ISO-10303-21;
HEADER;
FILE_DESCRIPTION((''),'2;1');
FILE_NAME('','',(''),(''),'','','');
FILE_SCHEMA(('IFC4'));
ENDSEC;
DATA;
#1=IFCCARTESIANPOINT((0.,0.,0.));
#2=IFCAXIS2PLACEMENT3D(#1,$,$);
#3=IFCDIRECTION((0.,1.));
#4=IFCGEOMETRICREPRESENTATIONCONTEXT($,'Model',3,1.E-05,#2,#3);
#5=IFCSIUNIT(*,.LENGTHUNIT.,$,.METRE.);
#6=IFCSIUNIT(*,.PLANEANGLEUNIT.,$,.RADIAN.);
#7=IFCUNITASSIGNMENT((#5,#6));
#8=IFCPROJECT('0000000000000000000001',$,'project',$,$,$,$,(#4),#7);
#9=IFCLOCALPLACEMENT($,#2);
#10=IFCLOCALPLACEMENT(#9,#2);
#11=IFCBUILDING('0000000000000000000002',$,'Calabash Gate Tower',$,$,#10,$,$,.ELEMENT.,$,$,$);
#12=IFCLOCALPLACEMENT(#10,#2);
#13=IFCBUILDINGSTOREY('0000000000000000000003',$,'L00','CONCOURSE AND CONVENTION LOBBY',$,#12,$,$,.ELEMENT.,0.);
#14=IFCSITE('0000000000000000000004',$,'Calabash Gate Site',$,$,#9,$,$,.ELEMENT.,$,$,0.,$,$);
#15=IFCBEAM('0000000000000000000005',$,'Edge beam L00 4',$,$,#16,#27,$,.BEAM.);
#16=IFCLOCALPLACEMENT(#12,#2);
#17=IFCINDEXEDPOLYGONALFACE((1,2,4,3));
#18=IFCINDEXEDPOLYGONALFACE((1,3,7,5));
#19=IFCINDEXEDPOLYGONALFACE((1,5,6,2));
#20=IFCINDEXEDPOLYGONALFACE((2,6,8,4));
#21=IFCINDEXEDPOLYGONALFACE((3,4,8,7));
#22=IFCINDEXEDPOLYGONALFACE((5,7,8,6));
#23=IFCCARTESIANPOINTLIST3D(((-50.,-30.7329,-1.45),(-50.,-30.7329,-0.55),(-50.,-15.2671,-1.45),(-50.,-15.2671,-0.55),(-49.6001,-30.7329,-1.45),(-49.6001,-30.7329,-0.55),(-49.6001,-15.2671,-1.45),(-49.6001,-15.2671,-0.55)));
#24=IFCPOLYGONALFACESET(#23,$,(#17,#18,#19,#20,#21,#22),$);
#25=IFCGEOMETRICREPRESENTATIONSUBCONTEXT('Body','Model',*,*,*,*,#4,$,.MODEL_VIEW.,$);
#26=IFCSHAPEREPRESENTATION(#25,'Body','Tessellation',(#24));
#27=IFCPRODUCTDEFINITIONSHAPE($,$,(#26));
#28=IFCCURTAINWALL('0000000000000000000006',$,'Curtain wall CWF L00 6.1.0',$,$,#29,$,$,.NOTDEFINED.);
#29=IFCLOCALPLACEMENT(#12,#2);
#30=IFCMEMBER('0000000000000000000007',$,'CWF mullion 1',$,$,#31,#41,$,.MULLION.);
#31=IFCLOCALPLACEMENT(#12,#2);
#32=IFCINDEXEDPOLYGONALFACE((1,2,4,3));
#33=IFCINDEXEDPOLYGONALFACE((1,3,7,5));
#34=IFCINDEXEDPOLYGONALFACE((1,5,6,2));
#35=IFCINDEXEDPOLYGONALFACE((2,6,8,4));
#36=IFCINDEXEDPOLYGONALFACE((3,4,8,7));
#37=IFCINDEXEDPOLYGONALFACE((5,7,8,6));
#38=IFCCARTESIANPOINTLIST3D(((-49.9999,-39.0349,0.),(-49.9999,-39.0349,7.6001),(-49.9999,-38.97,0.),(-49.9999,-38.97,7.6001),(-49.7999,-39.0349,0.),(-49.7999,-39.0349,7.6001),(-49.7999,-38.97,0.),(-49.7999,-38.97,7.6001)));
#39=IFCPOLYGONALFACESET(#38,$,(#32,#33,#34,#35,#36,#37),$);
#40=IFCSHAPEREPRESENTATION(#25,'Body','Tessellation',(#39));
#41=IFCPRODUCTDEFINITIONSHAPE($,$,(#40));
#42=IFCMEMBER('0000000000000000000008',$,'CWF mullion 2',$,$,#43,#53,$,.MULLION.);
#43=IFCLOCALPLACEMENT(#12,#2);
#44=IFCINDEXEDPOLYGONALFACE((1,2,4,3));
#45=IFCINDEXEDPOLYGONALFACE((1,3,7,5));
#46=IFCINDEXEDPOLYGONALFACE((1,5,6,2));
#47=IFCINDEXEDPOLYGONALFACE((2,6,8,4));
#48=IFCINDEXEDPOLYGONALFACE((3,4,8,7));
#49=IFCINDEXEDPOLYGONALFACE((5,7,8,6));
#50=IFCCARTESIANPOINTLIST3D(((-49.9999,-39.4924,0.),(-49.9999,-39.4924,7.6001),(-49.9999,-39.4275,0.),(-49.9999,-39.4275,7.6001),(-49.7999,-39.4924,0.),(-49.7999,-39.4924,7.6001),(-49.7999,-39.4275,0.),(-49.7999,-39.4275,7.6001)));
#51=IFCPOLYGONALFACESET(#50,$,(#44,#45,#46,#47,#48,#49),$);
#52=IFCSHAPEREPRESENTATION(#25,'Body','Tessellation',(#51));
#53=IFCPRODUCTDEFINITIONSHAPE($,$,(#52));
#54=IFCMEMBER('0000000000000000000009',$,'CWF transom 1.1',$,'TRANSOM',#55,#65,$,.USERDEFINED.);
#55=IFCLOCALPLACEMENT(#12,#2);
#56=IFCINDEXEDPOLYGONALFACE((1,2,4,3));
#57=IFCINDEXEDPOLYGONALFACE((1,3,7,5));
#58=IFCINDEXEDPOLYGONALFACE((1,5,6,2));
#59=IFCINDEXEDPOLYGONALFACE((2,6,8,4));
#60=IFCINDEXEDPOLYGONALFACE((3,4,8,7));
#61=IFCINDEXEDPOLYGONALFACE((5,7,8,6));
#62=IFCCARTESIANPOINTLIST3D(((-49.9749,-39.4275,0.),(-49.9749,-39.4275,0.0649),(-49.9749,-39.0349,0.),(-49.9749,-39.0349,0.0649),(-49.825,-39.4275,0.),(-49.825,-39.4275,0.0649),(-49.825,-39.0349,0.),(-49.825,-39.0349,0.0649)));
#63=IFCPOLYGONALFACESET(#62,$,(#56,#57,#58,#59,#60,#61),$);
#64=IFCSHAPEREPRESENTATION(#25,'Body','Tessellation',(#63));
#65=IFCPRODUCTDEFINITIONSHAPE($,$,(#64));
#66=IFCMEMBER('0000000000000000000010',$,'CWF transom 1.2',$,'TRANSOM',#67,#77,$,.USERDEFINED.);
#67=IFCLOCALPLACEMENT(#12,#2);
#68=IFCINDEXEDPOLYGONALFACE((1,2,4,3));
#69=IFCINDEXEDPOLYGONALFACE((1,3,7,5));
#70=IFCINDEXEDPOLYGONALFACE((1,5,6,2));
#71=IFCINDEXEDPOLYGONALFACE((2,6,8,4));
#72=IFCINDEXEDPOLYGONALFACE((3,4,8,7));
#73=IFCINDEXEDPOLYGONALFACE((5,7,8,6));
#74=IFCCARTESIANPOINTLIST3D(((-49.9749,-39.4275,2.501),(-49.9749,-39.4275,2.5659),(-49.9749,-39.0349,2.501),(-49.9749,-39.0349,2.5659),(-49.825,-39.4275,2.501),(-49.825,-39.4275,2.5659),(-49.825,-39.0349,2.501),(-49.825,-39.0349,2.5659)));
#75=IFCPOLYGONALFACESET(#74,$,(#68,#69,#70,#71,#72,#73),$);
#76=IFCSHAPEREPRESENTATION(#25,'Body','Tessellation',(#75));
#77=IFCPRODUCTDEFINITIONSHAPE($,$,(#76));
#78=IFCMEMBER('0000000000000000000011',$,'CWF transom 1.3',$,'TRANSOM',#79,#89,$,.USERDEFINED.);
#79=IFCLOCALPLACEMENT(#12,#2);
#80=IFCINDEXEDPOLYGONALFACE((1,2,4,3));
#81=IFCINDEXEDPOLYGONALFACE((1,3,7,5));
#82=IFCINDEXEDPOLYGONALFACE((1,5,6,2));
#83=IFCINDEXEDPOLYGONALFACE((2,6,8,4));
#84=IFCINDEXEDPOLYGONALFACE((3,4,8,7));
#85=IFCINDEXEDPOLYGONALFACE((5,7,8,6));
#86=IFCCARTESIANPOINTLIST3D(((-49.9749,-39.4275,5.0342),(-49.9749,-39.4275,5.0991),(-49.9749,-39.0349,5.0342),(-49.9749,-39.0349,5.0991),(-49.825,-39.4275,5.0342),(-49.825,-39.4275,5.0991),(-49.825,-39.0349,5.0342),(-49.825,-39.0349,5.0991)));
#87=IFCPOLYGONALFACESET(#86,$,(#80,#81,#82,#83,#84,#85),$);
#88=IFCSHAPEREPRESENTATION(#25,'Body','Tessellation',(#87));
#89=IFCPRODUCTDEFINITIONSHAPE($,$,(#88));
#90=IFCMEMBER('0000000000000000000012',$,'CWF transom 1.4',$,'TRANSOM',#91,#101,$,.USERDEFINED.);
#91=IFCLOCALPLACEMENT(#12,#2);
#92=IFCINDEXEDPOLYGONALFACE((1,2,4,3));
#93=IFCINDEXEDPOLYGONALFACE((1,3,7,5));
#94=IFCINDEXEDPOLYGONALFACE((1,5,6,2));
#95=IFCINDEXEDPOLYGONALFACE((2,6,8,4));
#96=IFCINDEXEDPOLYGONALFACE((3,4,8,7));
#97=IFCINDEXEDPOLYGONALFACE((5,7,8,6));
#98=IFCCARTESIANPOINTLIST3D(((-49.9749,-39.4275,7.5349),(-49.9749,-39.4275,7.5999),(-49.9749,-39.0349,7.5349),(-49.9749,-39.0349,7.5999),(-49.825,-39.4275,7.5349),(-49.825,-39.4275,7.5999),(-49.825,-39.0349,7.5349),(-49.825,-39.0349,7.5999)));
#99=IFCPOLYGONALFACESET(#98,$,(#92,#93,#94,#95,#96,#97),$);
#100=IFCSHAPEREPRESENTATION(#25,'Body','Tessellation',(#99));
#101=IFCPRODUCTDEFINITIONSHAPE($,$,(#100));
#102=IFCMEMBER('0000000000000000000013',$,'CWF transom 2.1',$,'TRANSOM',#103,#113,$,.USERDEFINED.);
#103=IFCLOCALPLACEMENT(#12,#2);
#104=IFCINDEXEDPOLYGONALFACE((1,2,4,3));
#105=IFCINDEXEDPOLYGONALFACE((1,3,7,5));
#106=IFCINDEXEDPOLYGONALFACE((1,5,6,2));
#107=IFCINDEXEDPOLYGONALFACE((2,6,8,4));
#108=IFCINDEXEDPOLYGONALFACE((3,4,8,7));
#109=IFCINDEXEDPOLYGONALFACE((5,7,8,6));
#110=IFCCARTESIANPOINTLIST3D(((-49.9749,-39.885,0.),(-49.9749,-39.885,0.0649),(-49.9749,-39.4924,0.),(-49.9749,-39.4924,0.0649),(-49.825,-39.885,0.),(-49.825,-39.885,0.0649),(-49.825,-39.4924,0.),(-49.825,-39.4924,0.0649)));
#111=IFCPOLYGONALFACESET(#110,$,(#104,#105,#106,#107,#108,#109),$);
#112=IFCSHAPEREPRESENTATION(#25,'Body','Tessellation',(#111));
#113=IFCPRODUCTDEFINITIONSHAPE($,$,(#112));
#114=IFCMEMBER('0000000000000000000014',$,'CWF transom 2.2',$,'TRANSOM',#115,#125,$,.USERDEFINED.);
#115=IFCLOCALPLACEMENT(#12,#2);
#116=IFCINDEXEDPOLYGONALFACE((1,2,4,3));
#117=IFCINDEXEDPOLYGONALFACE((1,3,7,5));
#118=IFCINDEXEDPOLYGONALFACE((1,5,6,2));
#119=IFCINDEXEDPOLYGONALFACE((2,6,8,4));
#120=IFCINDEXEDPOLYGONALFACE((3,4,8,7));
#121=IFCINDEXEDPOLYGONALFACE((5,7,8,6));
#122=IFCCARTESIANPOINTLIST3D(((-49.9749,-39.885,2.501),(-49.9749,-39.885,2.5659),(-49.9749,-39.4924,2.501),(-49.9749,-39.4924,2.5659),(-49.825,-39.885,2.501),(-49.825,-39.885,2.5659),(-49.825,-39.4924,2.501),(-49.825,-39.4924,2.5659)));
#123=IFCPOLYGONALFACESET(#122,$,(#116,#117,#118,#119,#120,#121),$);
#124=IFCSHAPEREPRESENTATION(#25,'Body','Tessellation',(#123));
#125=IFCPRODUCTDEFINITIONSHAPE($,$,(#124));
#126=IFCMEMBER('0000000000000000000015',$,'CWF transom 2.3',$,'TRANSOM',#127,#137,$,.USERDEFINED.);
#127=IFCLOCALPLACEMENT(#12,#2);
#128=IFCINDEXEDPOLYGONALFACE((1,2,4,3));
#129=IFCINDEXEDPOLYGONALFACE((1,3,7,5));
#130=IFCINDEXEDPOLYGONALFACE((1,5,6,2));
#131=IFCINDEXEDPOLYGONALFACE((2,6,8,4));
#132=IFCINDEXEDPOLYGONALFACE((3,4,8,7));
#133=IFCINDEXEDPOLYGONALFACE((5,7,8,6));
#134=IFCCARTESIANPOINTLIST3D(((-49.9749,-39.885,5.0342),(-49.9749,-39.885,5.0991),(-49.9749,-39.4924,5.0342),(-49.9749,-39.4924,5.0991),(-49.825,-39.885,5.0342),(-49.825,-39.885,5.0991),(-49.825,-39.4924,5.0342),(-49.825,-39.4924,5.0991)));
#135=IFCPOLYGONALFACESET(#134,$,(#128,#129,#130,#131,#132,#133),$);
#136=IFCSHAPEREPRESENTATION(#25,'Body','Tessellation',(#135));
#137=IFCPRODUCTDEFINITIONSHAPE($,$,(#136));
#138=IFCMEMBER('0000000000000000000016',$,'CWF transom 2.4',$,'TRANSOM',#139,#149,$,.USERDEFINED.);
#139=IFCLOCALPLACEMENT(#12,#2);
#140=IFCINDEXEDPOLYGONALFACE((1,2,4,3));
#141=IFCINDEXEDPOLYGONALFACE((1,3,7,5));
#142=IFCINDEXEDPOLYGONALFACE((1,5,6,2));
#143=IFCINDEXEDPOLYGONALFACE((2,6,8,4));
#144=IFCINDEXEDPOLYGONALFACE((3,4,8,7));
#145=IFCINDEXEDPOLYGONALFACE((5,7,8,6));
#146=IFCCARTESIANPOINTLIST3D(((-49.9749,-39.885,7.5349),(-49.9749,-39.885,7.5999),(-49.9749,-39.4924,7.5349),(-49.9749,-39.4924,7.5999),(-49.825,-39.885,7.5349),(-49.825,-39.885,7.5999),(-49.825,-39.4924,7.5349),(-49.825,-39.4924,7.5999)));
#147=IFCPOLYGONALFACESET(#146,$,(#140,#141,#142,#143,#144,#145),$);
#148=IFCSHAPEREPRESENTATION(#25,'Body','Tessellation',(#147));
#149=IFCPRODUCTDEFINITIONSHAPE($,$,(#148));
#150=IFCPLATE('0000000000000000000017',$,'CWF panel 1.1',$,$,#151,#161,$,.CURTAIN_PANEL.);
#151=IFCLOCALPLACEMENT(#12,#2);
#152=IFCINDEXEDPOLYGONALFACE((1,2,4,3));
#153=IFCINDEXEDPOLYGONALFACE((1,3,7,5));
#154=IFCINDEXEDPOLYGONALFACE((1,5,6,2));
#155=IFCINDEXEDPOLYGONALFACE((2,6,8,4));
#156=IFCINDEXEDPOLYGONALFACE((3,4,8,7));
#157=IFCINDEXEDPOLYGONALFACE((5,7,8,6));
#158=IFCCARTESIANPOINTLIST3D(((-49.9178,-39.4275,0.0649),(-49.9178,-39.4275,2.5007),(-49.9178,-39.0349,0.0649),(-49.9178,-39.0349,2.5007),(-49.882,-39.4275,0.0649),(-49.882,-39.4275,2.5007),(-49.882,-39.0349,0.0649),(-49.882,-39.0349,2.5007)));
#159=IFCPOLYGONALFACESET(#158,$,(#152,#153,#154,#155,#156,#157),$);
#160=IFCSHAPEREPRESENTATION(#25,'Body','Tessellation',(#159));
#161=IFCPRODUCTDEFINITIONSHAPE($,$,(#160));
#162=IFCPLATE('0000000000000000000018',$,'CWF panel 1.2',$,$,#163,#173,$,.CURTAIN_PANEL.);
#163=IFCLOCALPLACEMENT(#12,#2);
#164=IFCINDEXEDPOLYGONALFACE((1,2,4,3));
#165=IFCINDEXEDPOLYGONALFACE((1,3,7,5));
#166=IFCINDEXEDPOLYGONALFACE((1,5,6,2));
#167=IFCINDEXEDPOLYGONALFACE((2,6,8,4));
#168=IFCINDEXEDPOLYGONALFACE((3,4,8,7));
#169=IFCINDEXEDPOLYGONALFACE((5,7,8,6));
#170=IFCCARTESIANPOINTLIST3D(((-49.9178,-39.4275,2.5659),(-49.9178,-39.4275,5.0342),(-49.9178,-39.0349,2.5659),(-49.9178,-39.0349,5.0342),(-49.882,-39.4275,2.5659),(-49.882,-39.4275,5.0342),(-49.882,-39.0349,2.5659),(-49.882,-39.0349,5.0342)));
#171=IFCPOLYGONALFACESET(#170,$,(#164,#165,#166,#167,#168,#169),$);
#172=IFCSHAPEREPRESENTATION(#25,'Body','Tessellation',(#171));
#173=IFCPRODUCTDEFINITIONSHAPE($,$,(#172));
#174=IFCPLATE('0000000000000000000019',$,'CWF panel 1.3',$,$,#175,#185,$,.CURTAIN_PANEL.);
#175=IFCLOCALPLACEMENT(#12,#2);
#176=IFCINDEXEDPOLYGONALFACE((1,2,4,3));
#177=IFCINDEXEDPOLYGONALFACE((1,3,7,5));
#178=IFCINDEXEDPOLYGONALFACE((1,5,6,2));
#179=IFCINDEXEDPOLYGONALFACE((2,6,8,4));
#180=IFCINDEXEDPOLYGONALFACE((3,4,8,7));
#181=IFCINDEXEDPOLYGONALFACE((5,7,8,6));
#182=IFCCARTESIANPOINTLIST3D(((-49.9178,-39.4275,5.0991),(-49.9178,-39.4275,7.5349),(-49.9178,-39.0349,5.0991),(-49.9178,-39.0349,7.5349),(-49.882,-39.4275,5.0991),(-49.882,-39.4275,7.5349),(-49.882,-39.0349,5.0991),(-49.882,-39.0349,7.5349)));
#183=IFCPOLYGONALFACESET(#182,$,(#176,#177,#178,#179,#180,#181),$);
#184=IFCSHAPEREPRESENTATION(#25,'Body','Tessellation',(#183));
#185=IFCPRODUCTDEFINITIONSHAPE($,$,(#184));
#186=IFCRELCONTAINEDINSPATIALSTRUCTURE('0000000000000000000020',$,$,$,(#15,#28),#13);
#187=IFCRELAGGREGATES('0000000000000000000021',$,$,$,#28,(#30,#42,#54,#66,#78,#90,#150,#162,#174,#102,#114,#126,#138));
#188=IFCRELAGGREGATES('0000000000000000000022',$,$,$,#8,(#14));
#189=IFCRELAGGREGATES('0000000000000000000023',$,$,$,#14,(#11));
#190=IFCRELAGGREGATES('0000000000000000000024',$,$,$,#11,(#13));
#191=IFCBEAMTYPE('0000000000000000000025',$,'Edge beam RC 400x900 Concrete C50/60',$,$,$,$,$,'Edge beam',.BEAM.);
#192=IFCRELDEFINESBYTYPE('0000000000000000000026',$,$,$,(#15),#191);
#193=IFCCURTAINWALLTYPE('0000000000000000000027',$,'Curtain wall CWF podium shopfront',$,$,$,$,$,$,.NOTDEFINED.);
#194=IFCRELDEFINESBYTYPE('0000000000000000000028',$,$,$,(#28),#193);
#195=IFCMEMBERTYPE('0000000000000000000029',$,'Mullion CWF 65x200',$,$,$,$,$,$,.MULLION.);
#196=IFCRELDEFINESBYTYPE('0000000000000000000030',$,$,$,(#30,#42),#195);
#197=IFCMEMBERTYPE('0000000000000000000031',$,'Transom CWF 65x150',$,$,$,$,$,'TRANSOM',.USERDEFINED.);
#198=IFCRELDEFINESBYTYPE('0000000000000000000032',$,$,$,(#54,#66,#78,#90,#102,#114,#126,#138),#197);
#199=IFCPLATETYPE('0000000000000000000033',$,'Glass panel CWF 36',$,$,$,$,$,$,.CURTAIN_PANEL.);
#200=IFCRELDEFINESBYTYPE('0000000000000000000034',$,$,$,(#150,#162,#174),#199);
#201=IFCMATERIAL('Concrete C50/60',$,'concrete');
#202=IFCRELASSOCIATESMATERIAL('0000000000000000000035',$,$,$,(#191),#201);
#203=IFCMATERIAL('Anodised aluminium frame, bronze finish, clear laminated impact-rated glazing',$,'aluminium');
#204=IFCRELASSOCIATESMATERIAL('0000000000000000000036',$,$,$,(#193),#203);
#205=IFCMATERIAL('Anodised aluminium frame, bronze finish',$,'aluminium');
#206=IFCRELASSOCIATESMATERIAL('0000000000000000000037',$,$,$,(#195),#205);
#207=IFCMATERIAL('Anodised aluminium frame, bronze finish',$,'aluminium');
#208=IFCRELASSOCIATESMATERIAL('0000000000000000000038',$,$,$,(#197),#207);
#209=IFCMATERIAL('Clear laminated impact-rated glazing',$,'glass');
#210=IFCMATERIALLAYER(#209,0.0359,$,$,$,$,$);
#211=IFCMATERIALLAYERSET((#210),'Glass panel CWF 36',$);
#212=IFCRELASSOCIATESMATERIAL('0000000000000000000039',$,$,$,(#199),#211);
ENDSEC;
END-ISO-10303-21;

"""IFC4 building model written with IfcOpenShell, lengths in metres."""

from ifc_helpers import new_model, si_unit, direction, frame, origin, origin_2d, place, context, subcontext, project, spatial, rectangle, extrude, material, layer, layer_set, material_profile, profile_set, type_object, element, aggregate, save


model = new_model("IFC4")

# Units and contexts
model_context = context("Model", 3, precision=1e-05, world=origin(), true_north=direction((0.0, 1.0)))
body_context = subcontext(model_context, "Body", "Model", "MODEL_VIEW")
ifc_project = project(units=[si_unit("LENGTHUNIT", "METRE"), si_unit("PLANEANGLEUNIT", "RADIAN")], contexts=[model_context])

# Site, building, storey
site_placement = place(None, origin())
site = spatial("IfcSite", under=ifc_project, at=site_placement, Name="Calabash Gate Site", CompositionType="ELEMENT", RefElevation=0.0)
building_placement = place(site_placement, origin())
building = spatial("IfcBuilding", under=site, at=building_placement, Name="Calabash Gate Tower", CompositionType="ELEMENT")
storey_placement = place(building_placement, origin())
storey = spatial("IfcBuildingStorey", under=building, at=storey_placement, Name="L00", Description="CONCOURSE AND CONVENTION LOBBY", CompositionType="ELEMENT", Elevation=0.0)

# Beam
ifc_material_1 = material(Name="Concrete C50/60", Category="concrete")
ifc_material_profile_1 = material_profile(ifc_material_1, rectangle(XDim=0.3999, YDim=0.8999, at=origin_2d()))
ifc_profile_set_1 = profile_set([ifc_material_profile_1], Name="Concrete C50/60")
beam_type = type_object("IfcBeamType", Name="Edge beam RC 400x900 Concrete C50/60", ElementType="Edge beam", PredefinedType="BEAM", material=ifc_profile_set_1)
beam_placement = place(storey_placement, frame((-49.8, -30.7329, -1.0), z_axis=(0.0, 1.0, 0.0), x_axis=(-1.0, 0.0, 0.0)))
element("IfcBeam", 1, at=beam_placement, inside=storey, type_object=beam_type, Name="Edge beam L00 4", PredefinedType="BEAM", context=body_context, shape_type="SweptSolid", body=[
    extrude(rectangle(XDim=0.3999, YDim=0.8999, at=origin_2d()), origin(), (0.0, 0.0, 1.0), 15.4658),
])

# Curtain wall, members, plates
ifc_material_2 = material(Name="Anodised aluminium frame, bronze finish, clear laminated impact-rated glazing", Category="aluminium")
curtain_wall_type = type_object("IfcCurtainWallType", Name="Curtain wall CWF podium shopfront", PredefinedType="NOTDEFINED", material=ifc_material_2)
curtain_wall_placement = place(storey_placement, origin())
curtain_wall = element("IfcCurtainWall", 2, at=curtain_wall_placement, inside=storey, type_object=curtain_wall_type, Name="Curtain wall CWF L00 6.1.0", PredefinedType="NOTDEFINED")
ifc_material_3 = material(Name="Anodised aluminium frame, bronze finish", Category="aluminium")
ifc_material_profile_2 = material_profile(ifc_material_3, rectangle(XDim=0.2, YDim=0.0649, at=origin_2d()))
ifc_profile_set_2 = profile_set([ifc_material_profile_2], Name="Anodised aluminium frame, bronze finish")
member_type_1 = type_object("IfcMemberType", Name="Mullion CWF 65x200", PredefinedType="MULLION", material=ifc_profile_set_2)
member_1_placement = place(storey_placement, frame((-49.8999, -39.0024, 0.0), z_axis=(0.0, 0.0, 1.0), x_axis=(1.0, 0.0, 0.0)))
member_1 = element("IfcMember", 3, at=member_1_placement, type_object=member_type_1, Name="CWF mullion 1", PredefinedType="MULLION", context=body_context, shape_type="SweptSolid", body=[
    extrude(rectangle(XDim=0.2, YDim=0.0649, at=origin_2d()), origin(), (0.0, 0.0, 1.0), 7.6001),
])
member_2_placement = place(storey_placement, frame((-49.8999, -39.46, 0.0), z_axis=(0.0, 0.0, 1.0), x_axis=(1.0, 0.0, 0.0)))
member_2 = element("IfcMember", 4, at=member_2_placement, type_object=member_type_1, Name="CWF mullion 2", PredefinedType="MULLION", context=body_context, shape_type="SweptSolid", body=[
    extrude(rectangle(XDim=0.2, YDim=0.0649, at=origin_2d()), origin(), (0.0, 0.0, 1.0), 7.6001),
])
ifc_material_4 = material(Name="Anodised aluminium frame, bronze finish", Category="aluminium")
ifc_material_profile_3 = material_profile(ifc_material_4, rectangle(XDim=0.1499, YDim=0.0649, at=origin_2d()))
ifc_profile_set_3 = profile_set([ifc_material_profile_3], Name="Anodised aluminium frame, bronze finish")
member_type_2 = type_object("IfcMemberType", Name="Transom CWF 65x150", ElementType="TRANSOM", PredefinedType="USERDEFINED", material=ifc_profile_set_3)
member_3_placement = place(storey_placement, frame((-49.8999, -39.0349, 0.0325), z_axis=(0.0, -1.0, 0.0), x_axis=(1.0, 0.0, 0.0)))
member_3 = element("IfcMember", 5, at=member_3_placement, type_object=member_type_2, Name="CWF transom 1.1", ObjectType="TRANSOM", PredefinedType="USERDEFINED", context=body_context, shape_type="SweptSolid", body=[
    extrude(rectangle(XDim=0.1499, YDim=0.0649, at=origin_2d()), origin(), (0.0, 0.0, 1.0), 0.3926),
])
member_4_placement = place(storey_placement, frame((-49.8999, -39.0349, 2.5334), z_axis=(0.0, -1.0, 0.0), x_axis=(1.0, 0.0, 0.0)))
member_4 = element("IfcMember", 6, at=member_4_placement, type_object=member_type_2, Name="CWF transom 1.2", ObjectType="TRANSOM", PredefinedType="USERDEFINED", context=body_context, shape_type="SweptSolid", body=[
    extrude(rectangle(XDim=0.1499, YDim=0.0649, at=origin_2d()), origin(), (0.0, 0.0, 1.0), 0.3926),
])
member_5_placement = place(storey_placement, frame((-49.8999, -39.0349, 5.0667), z_axis=(0.0, -1.0, 0.0), x_axis=(1.0, 0.0, 0.0)))
member_5 = element("IfcMember", 7, at=member_5_placement, type_object=member_type_2, Name="CWF transom 1.3", ObjectType="TRANSOM", PredefinedType="USERDEFINED", context=body_context, shape_type="SweptSolid", body=[
    extrude(rectangle(XDim=0.1499, YDim=0.0649, at=origin_2d()), origin(), (0.0, 0.0, 1.0), 0.3926),
])
member_6_placement = place(storey_placement, frame((-49.8999, -39.0349, 7.5674), z_axis=(0.0, -1.0, 0.0), x_axis=(1.0, 0.0, 0.0)))
member_6 = element("IfcMember", 8, at=member_6_placement, type_object=member_type_2, Name="CWF transom 1.4", ObjectType="TRANSOM", PredefinedType="USERDEFINED", context=body_context, shape_type="SweptSolid", body=[
    extrude(rectangle(XDim=0.1499, YDim=0.0649, at=origin_2d()), origin(), (0.0, 0.0, 1.0), 0.3926),
])
member_7_placement = place(storey_placement, frame((-49.8999, -39.4924, 0.0325), z_axis=(0.0, -1.0, 0.0), x_axis=(1.0, 0.0, 0.0)))
member_7 = element("IfcMember", 9, at=member_7_placement, type_object=member_type_2, Name="CWF transom 2.1", ObjectType="TRANSOM", PredefinedType="USERDEFINED", context=body_context, shape_type="SweptSolid", body=[
    extrude(rectangle(XDim=0.1499, YDim=0.0649, at=origin_2d()), origin(), (0.0, 0.0, 1.0), 0.3926),
])
member_8_placement = place(storey_placement, frame((-49.8999, -39.4924, 2.5334), z_axis=(0.0, -1.0, 0.0), x_axis=(1.0, 0.0, 0.0)))
member_8 = element("IfcMember", 10, at=member_8_placement, type_object=member_type_2, Name="CWF transom 2.2", ObjectType="TRANSOM", PredefinedType="USERDEFINED", context=body_context, shape_type="SweptSolid", body=[
    extrude(rectangle(XDim=0.1499, YDim=0.0649, at=origin_2d()), origin(), (0.0, 0.0, 1.0), 0.3926),
])
member_9_placement = place(storey_placement, frame((-49.8999, -39.4924, 5.0667), z_axis=(0.0, -1.0, 0.0), x_axis=(1.0, 0.0, 0.0)))
member_9 = element("IfcMember", 11, at=member_9_placement, type_object=member_type_2, Name="CWF transom 2.3", ObjectType="TRANSOM", PredefinedType="USERDEFINED", context=body_context, shape_type="SweptSolid", body=[
    extrude(rectangle(XDim=0.1499, YDim=0.0649, at=origin_2d()), origin(), (0.0, 0.0, 1.0), 0.3926),
])
member_10_placement = place(storey_placement, frame((-49.8999, -39.4924, 7.5674), z_axis=(0.0, -1.0, 0.0), x_axis=(1.0, 0.0, 0.0)))
member_10 = element("IfcMember", 12, at=member_10_placement, type_object=member_type_2, Name="CWF transom 2.4", ObjectType="TRANSOM", PredefinedType="USERDEFINED", context=body_context, shape_type="SweptSolid", body=[
    extrude(rectangle(XDim=0.1499, YDim=0.0649, at=origin_2d()), origin(), (0.0, 0.0, 1.0), 0.3926),
])
ifc_material_5 = material(Name="Clear laminated impact-rated glazing", Category="glass")
ifc_layer_1 = layer(ifc_material_5, 0.0359)
ifc_layer_set_1 = layer_set([ifc_layer_1], Name="Glass panel CWF 36")
plate_type = type_object("IfcPlateType", Name="Glass panel CWF 36", PredefinedType="CURTAIN_PANEL", material=ifc_layer_set_1)
plate_1_placement = place(storey_placement, frame((-49.8999, -39.2312, 0.0649), z_axis=(0.0, 0.0, 1.0), x_axis=(0.0, -1.0, 0.0)))
plate_1 = element("IfcPlate", 13, at=plate_1_placement, type_object=plate_type, Name="CWF panel 1.1", PredefinedType="CURTAIN_PANEL", context=body_context, shape_type="SweptSolid", body=[
    extrude(rectangle(XDim=0.3926, YDim=0.0359, at=origin_2d()), origin(), (0.0, 0.0, 1.0), 2.4358),
])
plate_2_placement = place(storey_placement, frame((-49.8999, -39.2312, 2.5659), z_axis=(0.0, 0.0, 1.0), x_axis=(0.0, -1.0, 0.0)))
plate_2 = element("IfcPlate", 14, at=plate_2_placement, type_object=plate_type, Name="CWF panel 1.2", PredefinedType="CURTAIN_PANEL", context=body_context, shape_type="SweptSolid", body=[
    extrude(rectangle(XDim=0.3926, YDim=0.0359, at=origin_2d()), origin(), (0.0, 0.0, 1.0), 2.4683),
])
plate_3_placement = place(storey_placement, frame((-49.8999, -39.2312, 5.0991), z_axis=(0.0, 0.0, 1.0), x_axis=(0.0, -1.0, 0.0)))
plate_3 = element("IfcPlate", 15, at=plate_3_placement, type_object=plate_type, Name="CWF panel 1.3", PredefinedType="CURTAIN_PANEL", context=body_context, shape_type="SweptSolid", body=[
    extrude(rectangle(XDim=0.3926, YDim=0.0359, at=origin_2d()), origin(), (0.0, 0.0, 1.0), 2.4358),
])
aggregate(curtain_wall, [member_1, member_2, member_3, member_4, member_5, member_6, plate_1, plate_2, plate_3, member_7, member_8, member_9, member_10])

save(model, "model.ifc")
